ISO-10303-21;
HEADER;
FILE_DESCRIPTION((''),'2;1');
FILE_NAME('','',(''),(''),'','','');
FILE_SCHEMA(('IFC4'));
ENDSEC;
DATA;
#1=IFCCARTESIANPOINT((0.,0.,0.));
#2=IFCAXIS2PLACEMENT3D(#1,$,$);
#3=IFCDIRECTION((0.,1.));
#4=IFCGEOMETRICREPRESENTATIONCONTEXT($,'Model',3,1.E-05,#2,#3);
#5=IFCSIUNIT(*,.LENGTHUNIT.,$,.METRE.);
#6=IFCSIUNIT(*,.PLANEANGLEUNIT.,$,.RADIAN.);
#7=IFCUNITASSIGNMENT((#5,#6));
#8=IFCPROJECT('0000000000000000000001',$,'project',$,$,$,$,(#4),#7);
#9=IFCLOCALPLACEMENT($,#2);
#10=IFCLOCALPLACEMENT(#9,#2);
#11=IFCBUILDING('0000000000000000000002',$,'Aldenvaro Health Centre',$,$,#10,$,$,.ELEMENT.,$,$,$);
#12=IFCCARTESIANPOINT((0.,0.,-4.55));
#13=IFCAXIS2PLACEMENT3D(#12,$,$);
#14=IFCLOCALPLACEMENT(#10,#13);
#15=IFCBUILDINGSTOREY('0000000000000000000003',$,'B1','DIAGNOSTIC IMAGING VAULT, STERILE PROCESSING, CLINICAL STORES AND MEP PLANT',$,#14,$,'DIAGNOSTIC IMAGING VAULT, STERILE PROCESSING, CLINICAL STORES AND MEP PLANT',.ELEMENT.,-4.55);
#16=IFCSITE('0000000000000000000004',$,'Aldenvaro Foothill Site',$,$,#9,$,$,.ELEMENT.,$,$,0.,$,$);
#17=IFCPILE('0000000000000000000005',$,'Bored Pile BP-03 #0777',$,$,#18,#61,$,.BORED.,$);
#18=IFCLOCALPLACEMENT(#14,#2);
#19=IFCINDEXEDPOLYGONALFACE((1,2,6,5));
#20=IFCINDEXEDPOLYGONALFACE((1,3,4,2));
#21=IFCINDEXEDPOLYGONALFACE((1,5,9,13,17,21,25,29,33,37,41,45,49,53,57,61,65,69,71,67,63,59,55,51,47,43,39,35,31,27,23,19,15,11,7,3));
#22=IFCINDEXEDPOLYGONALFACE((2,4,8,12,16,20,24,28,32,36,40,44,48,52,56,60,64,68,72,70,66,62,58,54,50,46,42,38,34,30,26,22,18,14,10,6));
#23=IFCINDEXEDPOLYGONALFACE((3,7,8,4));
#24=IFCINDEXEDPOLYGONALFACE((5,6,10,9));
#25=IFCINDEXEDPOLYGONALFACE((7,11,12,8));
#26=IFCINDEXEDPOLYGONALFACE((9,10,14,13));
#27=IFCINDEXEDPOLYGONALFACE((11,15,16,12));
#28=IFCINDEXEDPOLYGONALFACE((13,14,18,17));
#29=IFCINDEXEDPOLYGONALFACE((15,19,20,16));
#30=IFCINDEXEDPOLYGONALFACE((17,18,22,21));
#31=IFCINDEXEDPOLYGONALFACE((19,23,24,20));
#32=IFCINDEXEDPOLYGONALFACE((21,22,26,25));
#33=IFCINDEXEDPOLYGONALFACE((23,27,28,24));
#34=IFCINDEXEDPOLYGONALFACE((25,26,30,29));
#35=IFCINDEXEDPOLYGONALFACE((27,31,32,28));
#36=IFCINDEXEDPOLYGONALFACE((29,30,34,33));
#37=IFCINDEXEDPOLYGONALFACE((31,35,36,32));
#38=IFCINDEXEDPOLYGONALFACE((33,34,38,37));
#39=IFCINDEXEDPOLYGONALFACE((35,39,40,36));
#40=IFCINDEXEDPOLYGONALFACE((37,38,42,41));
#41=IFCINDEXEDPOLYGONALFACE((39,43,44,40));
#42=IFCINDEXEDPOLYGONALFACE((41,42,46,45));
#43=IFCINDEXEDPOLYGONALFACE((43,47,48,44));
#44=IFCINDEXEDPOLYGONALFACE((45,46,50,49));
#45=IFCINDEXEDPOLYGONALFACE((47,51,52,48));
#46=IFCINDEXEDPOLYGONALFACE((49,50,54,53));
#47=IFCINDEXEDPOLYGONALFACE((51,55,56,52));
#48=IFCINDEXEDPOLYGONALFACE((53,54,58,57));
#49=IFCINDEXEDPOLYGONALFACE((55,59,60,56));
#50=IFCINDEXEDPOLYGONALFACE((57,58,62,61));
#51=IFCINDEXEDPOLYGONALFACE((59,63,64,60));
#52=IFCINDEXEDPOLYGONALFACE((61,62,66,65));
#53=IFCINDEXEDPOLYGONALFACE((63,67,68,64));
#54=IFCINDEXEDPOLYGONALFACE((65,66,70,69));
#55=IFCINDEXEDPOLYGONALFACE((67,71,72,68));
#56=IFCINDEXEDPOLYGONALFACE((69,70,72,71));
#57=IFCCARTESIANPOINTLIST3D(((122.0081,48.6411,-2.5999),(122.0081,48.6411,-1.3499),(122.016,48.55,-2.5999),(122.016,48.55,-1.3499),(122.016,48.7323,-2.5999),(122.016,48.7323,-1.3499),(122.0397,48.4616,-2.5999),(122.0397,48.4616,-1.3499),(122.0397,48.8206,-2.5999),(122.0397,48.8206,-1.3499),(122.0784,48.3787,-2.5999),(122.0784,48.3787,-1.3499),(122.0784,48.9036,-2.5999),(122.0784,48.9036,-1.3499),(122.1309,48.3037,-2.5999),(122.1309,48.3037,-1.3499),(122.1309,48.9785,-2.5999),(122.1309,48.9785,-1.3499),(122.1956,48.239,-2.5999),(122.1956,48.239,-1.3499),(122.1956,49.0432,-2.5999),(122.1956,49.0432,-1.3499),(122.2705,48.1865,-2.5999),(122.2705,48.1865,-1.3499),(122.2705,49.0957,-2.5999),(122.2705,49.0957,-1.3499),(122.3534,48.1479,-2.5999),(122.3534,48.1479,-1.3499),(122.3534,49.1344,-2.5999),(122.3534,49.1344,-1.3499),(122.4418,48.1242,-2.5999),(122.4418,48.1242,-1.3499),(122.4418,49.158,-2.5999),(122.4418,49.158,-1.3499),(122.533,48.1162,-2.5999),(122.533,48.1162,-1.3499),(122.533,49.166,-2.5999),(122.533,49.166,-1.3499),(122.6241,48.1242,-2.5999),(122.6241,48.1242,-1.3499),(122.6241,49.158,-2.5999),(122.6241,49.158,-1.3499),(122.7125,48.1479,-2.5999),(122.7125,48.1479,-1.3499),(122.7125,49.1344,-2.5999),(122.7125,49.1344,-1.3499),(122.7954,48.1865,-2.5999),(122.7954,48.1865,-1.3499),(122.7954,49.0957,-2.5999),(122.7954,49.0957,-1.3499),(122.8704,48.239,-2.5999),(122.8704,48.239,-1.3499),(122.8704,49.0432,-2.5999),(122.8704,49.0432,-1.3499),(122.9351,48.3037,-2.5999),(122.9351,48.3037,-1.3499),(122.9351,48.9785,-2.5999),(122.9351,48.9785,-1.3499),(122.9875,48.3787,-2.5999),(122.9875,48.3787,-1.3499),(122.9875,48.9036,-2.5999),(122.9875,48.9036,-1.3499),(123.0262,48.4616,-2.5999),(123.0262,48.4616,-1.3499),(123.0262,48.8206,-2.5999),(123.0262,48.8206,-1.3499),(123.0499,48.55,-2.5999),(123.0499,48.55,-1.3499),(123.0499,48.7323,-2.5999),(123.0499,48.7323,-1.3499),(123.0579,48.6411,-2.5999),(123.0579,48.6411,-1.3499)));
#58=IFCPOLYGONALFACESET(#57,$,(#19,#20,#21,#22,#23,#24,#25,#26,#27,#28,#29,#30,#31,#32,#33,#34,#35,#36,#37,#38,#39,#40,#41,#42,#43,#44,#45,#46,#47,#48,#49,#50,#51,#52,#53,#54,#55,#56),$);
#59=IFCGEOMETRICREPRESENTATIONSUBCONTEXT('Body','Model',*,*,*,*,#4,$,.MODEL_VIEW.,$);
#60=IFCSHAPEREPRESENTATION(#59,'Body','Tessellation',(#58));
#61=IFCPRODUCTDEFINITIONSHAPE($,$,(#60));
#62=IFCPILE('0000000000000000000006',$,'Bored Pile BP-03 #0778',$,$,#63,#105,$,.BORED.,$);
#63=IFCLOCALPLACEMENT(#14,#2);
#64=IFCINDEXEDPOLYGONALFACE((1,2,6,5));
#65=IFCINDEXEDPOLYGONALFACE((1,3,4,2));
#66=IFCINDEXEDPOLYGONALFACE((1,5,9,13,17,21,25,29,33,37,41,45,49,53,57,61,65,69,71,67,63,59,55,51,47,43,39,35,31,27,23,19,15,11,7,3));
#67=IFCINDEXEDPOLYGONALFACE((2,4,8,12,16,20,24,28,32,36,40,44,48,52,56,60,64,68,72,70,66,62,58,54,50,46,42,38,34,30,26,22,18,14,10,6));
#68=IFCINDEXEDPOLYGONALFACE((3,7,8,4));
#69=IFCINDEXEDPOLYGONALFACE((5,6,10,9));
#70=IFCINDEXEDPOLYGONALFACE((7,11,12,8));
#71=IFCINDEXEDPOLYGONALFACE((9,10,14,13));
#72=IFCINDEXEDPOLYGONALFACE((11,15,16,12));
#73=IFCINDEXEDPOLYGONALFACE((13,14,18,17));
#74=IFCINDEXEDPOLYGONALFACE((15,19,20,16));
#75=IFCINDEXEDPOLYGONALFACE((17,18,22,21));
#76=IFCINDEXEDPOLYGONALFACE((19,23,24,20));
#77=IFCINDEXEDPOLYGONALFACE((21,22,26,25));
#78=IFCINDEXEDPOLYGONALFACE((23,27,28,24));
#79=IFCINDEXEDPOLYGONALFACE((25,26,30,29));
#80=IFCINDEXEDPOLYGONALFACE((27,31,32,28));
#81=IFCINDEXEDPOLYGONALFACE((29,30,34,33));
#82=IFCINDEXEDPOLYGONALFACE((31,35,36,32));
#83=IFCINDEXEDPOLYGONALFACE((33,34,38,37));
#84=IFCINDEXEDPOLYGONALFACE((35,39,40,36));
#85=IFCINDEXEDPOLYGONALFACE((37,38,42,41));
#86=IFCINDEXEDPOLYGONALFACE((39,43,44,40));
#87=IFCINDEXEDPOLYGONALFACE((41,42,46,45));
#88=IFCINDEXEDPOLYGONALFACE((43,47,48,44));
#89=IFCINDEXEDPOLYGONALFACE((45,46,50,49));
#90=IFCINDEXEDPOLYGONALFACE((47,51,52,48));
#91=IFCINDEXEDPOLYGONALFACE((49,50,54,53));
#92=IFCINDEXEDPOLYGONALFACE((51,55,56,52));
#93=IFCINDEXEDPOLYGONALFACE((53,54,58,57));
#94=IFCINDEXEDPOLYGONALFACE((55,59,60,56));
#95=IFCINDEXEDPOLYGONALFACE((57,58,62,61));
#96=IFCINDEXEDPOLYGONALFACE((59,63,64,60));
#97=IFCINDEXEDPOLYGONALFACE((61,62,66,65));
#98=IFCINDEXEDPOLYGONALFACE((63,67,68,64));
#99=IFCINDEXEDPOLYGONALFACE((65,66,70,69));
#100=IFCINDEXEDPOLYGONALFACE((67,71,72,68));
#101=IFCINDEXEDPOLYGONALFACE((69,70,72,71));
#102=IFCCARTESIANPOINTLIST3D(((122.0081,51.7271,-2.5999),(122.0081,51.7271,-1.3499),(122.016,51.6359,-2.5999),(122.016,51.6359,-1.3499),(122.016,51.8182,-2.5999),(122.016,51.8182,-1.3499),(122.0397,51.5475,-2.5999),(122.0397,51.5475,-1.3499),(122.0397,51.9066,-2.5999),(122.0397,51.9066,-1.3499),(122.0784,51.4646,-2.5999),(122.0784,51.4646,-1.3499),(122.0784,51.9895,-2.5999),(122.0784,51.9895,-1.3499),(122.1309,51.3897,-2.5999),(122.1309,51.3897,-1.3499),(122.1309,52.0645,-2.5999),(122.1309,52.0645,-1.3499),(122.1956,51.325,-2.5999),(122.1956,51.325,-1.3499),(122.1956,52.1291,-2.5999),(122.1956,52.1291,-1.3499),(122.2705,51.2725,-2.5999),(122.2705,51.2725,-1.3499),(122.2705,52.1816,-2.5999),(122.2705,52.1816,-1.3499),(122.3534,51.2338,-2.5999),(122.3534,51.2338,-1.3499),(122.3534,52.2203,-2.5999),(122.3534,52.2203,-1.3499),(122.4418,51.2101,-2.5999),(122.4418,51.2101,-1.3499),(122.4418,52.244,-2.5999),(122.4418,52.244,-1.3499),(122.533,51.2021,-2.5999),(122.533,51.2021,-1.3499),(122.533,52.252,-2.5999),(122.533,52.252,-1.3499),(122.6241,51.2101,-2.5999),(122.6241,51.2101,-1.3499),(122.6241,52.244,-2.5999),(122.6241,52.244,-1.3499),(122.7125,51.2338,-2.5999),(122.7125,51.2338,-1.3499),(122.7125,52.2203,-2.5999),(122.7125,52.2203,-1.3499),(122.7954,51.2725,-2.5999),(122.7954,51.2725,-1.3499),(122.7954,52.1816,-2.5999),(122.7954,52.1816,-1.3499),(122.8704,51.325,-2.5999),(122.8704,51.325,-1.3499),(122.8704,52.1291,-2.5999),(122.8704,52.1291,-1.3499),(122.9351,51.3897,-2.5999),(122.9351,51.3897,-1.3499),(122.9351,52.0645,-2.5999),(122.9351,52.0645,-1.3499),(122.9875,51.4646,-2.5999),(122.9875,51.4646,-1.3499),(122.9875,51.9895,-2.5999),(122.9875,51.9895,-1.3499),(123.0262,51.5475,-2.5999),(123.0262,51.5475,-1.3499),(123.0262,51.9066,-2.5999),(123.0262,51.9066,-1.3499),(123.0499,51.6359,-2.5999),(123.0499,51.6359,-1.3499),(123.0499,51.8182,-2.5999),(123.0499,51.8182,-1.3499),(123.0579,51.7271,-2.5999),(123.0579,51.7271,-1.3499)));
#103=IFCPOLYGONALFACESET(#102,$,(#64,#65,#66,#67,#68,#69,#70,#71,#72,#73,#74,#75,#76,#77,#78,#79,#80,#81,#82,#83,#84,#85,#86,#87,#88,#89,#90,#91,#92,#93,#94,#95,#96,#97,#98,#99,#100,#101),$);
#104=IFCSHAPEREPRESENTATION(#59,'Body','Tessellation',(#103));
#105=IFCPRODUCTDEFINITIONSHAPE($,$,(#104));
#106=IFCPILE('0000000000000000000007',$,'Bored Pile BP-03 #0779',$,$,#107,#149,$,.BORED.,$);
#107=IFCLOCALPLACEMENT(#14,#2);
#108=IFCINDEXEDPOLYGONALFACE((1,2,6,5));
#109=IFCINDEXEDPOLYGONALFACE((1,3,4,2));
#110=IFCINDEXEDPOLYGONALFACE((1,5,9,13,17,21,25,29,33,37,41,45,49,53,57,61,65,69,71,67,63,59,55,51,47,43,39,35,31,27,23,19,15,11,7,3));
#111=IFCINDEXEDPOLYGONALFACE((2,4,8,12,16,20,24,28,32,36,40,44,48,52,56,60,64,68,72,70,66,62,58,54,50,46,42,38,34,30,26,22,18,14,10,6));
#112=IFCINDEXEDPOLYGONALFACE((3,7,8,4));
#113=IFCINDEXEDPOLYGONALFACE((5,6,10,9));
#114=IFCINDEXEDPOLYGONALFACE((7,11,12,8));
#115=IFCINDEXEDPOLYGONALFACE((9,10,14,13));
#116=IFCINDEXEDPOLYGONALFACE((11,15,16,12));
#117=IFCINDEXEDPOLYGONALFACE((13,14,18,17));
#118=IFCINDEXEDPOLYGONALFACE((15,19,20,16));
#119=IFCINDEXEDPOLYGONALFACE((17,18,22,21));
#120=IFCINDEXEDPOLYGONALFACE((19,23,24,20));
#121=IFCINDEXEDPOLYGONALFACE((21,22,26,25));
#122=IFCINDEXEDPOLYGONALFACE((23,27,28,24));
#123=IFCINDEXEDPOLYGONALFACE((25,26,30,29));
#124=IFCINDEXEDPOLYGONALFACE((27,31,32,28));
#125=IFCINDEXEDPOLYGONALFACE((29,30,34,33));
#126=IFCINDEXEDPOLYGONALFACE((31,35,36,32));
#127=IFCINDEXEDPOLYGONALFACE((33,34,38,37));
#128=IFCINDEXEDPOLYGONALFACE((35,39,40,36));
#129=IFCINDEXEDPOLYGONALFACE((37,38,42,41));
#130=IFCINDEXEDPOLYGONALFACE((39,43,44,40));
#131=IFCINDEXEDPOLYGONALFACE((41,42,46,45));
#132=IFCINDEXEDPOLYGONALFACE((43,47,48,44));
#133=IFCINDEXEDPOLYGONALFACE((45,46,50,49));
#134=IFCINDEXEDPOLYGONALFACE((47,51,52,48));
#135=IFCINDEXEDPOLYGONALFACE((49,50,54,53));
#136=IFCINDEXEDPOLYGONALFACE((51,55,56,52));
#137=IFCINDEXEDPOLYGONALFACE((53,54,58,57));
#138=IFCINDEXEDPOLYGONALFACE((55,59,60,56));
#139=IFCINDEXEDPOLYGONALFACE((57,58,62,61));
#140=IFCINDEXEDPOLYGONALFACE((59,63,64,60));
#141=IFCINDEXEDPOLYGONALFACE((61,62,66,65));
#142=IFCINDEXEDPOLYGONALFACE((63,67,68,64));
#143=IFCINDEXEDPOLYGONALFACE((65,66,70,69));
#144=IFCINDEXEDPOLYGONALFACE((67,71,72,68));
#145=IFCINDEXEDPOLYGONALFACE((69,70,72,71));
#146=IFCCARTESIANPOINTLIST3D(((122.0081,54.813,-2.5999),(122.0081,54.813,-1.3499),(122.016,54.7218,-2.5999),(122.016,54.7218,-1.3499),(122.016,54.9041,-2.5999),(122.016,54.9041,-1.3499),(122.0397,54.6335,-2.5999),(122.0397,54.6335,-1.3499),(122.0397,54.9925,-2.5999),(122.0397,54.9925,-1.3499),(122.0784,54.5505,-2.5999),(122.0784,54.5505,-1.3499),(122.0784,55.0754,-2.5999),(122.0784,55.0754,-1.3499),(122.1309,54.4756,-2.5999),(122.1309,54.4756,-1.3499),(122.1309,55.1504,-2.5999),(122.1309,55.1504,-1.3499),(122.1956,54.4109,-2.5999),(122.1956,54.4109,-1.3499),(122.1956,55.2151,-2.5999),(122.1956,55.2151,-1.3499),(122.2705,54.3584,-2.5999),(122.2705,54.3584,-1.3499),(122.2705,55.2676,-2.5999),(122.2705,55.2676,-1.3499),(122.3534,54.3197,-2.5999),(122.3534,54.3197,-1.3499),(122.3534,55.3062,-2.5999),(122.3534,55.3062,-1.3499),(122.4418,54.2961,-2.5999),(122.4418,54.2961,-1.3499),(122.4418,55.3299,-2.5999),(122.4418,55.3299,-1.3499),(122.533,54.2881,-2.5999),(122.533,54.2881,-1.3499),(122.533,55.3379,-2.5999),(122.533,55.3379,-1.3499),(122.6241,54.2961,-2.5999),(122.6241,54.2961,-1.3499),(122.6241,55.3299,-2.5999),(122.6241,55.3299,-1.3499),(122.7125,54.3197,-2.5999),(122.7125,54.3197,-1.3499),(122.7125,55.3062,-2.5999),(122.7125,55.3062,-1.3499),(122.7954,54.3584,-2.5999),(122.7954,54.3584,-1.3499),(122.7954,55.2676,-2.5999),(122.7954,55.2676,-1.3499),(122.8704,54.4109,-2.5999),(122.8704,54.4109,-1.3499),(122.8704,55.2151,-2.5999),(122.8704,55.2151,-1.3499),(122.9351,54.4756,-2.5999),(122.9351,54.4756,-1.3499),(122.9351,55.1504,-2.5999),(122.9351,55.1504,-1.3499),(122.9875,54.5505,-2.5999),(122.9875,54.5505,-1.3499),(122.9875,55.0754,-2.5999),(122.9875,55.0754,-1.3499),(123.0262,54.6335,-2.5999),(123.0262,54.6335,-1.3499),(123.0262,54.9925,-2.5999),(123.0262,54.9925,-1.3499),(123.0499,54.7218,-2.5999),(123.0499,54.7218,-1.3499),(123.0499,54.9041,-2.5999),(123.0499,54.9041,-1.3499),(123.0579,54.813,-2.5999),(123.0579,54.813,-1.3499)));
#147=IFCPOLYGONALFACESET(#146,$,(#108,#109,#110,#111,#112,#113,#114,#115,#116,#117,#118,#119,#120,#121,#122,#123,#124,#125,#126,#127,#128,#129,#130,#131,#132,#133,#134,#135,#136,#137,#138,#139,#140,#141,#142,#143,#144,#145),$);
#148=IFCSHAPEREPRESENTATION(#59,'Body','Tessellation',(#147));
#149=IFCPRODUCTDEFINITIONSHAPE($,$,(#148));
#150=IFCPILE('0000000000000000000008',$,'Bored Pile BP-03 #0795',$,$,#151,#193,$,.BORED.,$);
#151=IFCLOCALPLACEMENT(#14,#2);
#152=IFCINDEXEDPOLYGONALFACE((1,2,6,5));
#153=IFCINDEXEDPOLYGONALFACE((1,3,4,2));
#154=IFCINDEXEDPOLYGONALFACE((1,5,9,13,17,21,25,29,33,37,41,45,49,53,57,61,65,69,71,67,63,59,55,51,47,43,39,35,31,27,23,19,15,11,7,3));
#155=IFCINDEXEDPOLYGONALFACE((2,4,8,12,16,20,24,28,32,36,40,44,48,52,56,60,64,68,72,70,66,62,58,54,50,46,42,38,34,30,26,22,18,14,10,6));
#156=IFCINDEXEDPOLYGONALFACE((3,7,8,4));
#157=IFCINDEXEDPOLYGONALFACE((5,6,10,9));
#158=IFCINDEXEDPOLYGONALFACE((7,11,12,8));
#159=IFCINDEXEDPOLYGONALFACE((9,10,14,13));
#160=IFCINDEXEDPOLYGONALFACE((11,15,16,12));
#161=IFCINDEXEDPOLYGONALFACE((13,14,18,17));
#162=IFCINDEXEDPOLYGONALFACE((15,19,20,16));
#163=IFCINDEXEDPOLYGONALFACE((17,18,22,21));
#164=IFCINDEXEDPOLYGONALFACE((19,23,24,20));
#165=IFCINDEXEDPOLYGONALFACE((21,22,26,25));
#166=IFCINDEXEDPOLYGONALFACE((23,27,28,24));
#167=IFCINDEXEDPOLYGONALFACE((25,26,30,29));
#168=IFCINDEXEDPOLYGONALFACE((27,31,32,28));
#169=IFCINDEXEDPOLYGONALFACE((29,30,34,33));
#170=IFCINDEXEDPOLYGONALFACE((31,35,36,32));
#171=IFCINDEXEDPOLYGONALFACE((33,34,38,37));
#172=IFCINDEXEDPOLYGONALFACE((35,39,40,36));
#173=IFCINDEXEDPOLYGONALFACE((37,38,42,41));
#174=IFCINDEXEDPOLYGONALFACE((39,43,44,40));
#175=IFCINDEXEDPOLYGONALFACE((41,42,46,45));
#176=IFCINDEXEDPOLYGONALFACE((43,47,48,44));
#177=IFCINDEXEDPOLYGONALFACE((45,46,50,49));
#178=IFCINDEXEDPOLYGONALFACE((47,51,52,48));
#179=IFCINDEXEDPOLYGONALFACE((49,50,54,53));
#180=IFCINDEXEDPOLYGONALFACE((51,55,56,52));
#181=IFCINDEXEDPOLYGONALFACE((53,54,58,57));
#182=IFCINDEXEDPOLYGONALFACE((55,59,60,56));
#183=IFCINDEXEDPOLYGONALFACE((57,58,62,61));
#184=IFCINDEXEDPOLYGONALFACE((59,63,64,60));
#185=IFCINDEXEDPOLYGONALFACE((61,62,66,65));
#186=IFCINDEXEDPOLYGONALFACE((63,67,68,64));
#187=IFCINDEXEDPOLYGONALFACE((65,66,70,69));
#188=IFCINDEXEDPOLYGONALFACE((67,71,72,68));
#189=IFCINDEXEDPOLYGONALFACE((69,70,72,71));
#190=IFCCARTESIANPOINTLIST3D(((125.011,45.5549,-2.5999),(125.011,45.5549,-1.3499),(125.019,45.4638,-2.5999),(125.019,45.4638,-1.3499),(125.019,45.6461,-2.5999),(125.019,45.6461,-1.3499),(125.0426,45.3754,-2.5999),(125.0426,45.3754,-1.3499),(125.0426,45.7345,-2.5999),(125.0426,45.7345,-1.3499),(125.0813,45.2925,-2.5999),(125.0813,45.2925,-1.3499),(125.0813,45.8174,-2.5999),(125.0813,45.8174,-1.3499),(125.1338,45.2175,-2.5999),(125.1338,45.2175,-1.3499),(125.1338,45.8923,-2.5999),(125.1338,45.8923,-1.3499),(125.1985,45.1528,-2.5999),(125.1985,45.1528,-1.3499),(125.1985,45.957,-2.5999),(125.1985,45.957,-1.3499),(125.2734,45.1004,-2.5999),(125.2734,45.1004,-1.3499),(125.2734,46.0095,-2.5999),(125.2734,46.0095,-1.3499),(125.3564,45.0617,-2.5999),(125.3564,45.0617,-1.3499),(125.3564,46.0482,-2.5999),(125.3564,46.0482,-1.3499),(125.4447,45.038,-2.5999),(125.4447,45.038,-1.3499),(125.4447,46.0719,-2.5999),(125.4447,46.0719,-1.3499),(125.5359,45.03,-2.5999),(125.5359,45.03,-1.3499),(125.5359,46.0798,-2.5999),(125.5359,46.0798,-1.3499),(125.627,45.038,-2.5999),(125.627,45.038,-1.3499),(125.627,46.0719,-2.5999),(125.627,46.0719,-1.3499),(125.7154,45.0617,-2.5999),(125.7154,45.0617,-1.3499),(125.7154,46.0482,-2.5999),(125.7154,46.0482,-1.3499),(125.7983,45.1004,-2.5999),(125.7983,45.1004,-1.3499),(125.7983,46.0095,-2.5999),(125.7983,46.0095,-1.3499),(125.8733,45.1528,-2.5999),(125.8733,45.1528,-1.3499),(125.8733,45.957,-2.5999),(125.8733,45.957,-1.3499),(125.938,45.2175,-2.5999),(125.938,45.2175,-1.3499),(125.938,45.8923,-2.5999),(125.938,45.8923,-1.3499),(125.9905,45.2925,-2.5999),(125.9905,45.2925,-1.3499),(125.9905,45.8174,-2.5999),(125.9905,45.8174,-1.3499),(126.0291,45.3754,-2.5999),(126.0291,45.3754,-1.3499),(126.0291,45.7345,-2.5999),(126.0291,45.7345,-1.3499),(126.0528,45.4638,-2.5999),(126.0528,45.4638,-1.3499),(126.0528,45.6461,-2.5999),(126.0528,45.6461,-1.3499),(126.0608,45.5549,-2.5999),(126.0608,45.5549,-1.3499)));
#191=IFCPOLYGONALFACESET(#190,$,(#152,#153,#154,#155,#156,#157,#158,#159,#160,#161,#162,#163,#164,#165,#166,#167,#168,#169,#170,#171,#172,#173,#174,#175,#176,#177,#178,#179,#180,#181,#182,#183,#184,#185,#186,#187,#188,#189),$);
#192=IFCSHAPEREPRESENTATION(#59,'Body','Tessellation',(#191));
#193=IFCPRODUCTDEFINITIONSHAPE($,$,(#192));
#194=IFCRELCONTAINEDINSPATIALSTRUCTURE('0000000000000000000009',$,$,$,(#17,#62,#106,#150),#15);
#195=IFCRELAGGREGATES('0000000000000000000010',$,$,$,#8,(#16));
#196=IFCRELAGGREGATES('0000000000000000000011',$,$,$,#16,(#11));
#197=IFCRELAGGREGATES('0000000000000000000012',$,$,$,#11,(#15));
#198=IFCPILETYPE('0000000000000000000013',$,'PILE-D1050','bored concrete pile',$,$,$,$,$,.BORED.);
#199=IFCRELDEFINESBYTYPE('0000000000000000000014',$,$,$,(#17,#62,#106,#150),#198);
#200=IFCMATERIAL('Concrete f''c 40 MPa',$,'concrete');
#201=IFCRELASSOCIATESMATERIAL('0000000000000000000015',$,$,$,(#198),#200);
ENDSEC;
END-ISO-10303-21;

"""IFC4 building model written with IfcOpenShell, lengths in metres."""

from ifc_helpers import new_model, si_unit, direction, frame, origin, origin_2d, place, context, subcontext, project, spatial, circle, extrude, material, material_profile, profile_set, type_object, element, save


model = new_model("IFC4")

# Units and contexts
model_context = context("Model", 3, precision=1e-05, world=origin(), true_north=direction((0.0, 1.0)))
body_context = subcontext(model_context, "Body", "Model", "MODEL_VIEW")
ifc_project = project(units=[si_unit("LENGTHUNIT", "METRE"), si_unit("PLANEANGLEUNIT", "RADIAN")], contexts=[model_context])

# Site, building, storey
site_placement = place(None, origin())
site = spatial("IfcSite", under=ifc_project, at=site_placement, Name="Aldenvaro Foothill Site", CompositionType="ELEMENT", RefElevation=0.0)
building_placement = place(site_placement, origin())
building = spatial("IfcBuilding", under=site, at=building_placement, Name="Aldenvaro Health Centre", CompositionType="ELEMENT")
storey_placement = place(building_placement, frame((0.0, 0.0, -4.55)))
storey = spatial("IfcBuildingStorey", under=building, at=storey_placement, Name="B1", Description="DIAGNOSTIC IMAGING VAULT, STERILE PROCESSING, CLINICAL STORES AND MEP PLANT", LongName="DIAGNOSTIC IMAGING VAULT, STERILE PROCESSING, CLINICAL STORES AND MEP PLANT", CompositionType="ELEMENT", Elevation=-4.55)

# Piles
ifc_material = material(Name="Concrete f'c 40 MPa", Category="concrete")
ifc_material_profile = material_profile(ifc_material, circle(Radius=0.5249, at=origin_2d()), Name="PILE D1050", Category="concrete")
ifc_profile_set = profile_set([ifc_material_profile], Name="Concrete f'c 40 MPa")
pile_type = type_object("IfcPileType", Name="PILE-D1050", Description="bored concrete pile", PredefinedType="BORED", material=ifc_profile_set)
for number, where, z_axis, x_axis, name in (
    (1, (122.533, 48.6411, -1.3499), (0.0, 0.0, -1.0), (1.0, 0.0, 0.0), "Bored Pile BP-03 #0777"),
    (2, (122.533, 51.7271, -1.3499), (0.0, 0.0, -1.0), (1.0, 0.0, 0.0), "Bored Pile BP-03 #0778"),
    (3, (122.533, 54.813, -1.3499), (0.0, 0.0, -1.0), (1.0, 0.0, 0.0), "Bored Pile BP-03 #0779"),
    (4, (125.5359, 45.5549, -1.3499), (0.0, 0.0, -1.0), (1.0, 0.0, 0.0), "Bored Pile BP-03 #0795"),
):
    element("IfcPile", number, at=place(storey_placement, frame(where, z_axis=z_axis, x_axis=x_axis)), inside=storey, type_object=pile_type, Name=name, PredefinedType="BORED", context=body_context, shape_type="SweptSolid", body=[
        extrude(circle(Radius=0.5249, at=origin_2d()), origin(), (0.0, 0.0, 1.0), 1.25),
    ])

save(model, "model.ifc")
